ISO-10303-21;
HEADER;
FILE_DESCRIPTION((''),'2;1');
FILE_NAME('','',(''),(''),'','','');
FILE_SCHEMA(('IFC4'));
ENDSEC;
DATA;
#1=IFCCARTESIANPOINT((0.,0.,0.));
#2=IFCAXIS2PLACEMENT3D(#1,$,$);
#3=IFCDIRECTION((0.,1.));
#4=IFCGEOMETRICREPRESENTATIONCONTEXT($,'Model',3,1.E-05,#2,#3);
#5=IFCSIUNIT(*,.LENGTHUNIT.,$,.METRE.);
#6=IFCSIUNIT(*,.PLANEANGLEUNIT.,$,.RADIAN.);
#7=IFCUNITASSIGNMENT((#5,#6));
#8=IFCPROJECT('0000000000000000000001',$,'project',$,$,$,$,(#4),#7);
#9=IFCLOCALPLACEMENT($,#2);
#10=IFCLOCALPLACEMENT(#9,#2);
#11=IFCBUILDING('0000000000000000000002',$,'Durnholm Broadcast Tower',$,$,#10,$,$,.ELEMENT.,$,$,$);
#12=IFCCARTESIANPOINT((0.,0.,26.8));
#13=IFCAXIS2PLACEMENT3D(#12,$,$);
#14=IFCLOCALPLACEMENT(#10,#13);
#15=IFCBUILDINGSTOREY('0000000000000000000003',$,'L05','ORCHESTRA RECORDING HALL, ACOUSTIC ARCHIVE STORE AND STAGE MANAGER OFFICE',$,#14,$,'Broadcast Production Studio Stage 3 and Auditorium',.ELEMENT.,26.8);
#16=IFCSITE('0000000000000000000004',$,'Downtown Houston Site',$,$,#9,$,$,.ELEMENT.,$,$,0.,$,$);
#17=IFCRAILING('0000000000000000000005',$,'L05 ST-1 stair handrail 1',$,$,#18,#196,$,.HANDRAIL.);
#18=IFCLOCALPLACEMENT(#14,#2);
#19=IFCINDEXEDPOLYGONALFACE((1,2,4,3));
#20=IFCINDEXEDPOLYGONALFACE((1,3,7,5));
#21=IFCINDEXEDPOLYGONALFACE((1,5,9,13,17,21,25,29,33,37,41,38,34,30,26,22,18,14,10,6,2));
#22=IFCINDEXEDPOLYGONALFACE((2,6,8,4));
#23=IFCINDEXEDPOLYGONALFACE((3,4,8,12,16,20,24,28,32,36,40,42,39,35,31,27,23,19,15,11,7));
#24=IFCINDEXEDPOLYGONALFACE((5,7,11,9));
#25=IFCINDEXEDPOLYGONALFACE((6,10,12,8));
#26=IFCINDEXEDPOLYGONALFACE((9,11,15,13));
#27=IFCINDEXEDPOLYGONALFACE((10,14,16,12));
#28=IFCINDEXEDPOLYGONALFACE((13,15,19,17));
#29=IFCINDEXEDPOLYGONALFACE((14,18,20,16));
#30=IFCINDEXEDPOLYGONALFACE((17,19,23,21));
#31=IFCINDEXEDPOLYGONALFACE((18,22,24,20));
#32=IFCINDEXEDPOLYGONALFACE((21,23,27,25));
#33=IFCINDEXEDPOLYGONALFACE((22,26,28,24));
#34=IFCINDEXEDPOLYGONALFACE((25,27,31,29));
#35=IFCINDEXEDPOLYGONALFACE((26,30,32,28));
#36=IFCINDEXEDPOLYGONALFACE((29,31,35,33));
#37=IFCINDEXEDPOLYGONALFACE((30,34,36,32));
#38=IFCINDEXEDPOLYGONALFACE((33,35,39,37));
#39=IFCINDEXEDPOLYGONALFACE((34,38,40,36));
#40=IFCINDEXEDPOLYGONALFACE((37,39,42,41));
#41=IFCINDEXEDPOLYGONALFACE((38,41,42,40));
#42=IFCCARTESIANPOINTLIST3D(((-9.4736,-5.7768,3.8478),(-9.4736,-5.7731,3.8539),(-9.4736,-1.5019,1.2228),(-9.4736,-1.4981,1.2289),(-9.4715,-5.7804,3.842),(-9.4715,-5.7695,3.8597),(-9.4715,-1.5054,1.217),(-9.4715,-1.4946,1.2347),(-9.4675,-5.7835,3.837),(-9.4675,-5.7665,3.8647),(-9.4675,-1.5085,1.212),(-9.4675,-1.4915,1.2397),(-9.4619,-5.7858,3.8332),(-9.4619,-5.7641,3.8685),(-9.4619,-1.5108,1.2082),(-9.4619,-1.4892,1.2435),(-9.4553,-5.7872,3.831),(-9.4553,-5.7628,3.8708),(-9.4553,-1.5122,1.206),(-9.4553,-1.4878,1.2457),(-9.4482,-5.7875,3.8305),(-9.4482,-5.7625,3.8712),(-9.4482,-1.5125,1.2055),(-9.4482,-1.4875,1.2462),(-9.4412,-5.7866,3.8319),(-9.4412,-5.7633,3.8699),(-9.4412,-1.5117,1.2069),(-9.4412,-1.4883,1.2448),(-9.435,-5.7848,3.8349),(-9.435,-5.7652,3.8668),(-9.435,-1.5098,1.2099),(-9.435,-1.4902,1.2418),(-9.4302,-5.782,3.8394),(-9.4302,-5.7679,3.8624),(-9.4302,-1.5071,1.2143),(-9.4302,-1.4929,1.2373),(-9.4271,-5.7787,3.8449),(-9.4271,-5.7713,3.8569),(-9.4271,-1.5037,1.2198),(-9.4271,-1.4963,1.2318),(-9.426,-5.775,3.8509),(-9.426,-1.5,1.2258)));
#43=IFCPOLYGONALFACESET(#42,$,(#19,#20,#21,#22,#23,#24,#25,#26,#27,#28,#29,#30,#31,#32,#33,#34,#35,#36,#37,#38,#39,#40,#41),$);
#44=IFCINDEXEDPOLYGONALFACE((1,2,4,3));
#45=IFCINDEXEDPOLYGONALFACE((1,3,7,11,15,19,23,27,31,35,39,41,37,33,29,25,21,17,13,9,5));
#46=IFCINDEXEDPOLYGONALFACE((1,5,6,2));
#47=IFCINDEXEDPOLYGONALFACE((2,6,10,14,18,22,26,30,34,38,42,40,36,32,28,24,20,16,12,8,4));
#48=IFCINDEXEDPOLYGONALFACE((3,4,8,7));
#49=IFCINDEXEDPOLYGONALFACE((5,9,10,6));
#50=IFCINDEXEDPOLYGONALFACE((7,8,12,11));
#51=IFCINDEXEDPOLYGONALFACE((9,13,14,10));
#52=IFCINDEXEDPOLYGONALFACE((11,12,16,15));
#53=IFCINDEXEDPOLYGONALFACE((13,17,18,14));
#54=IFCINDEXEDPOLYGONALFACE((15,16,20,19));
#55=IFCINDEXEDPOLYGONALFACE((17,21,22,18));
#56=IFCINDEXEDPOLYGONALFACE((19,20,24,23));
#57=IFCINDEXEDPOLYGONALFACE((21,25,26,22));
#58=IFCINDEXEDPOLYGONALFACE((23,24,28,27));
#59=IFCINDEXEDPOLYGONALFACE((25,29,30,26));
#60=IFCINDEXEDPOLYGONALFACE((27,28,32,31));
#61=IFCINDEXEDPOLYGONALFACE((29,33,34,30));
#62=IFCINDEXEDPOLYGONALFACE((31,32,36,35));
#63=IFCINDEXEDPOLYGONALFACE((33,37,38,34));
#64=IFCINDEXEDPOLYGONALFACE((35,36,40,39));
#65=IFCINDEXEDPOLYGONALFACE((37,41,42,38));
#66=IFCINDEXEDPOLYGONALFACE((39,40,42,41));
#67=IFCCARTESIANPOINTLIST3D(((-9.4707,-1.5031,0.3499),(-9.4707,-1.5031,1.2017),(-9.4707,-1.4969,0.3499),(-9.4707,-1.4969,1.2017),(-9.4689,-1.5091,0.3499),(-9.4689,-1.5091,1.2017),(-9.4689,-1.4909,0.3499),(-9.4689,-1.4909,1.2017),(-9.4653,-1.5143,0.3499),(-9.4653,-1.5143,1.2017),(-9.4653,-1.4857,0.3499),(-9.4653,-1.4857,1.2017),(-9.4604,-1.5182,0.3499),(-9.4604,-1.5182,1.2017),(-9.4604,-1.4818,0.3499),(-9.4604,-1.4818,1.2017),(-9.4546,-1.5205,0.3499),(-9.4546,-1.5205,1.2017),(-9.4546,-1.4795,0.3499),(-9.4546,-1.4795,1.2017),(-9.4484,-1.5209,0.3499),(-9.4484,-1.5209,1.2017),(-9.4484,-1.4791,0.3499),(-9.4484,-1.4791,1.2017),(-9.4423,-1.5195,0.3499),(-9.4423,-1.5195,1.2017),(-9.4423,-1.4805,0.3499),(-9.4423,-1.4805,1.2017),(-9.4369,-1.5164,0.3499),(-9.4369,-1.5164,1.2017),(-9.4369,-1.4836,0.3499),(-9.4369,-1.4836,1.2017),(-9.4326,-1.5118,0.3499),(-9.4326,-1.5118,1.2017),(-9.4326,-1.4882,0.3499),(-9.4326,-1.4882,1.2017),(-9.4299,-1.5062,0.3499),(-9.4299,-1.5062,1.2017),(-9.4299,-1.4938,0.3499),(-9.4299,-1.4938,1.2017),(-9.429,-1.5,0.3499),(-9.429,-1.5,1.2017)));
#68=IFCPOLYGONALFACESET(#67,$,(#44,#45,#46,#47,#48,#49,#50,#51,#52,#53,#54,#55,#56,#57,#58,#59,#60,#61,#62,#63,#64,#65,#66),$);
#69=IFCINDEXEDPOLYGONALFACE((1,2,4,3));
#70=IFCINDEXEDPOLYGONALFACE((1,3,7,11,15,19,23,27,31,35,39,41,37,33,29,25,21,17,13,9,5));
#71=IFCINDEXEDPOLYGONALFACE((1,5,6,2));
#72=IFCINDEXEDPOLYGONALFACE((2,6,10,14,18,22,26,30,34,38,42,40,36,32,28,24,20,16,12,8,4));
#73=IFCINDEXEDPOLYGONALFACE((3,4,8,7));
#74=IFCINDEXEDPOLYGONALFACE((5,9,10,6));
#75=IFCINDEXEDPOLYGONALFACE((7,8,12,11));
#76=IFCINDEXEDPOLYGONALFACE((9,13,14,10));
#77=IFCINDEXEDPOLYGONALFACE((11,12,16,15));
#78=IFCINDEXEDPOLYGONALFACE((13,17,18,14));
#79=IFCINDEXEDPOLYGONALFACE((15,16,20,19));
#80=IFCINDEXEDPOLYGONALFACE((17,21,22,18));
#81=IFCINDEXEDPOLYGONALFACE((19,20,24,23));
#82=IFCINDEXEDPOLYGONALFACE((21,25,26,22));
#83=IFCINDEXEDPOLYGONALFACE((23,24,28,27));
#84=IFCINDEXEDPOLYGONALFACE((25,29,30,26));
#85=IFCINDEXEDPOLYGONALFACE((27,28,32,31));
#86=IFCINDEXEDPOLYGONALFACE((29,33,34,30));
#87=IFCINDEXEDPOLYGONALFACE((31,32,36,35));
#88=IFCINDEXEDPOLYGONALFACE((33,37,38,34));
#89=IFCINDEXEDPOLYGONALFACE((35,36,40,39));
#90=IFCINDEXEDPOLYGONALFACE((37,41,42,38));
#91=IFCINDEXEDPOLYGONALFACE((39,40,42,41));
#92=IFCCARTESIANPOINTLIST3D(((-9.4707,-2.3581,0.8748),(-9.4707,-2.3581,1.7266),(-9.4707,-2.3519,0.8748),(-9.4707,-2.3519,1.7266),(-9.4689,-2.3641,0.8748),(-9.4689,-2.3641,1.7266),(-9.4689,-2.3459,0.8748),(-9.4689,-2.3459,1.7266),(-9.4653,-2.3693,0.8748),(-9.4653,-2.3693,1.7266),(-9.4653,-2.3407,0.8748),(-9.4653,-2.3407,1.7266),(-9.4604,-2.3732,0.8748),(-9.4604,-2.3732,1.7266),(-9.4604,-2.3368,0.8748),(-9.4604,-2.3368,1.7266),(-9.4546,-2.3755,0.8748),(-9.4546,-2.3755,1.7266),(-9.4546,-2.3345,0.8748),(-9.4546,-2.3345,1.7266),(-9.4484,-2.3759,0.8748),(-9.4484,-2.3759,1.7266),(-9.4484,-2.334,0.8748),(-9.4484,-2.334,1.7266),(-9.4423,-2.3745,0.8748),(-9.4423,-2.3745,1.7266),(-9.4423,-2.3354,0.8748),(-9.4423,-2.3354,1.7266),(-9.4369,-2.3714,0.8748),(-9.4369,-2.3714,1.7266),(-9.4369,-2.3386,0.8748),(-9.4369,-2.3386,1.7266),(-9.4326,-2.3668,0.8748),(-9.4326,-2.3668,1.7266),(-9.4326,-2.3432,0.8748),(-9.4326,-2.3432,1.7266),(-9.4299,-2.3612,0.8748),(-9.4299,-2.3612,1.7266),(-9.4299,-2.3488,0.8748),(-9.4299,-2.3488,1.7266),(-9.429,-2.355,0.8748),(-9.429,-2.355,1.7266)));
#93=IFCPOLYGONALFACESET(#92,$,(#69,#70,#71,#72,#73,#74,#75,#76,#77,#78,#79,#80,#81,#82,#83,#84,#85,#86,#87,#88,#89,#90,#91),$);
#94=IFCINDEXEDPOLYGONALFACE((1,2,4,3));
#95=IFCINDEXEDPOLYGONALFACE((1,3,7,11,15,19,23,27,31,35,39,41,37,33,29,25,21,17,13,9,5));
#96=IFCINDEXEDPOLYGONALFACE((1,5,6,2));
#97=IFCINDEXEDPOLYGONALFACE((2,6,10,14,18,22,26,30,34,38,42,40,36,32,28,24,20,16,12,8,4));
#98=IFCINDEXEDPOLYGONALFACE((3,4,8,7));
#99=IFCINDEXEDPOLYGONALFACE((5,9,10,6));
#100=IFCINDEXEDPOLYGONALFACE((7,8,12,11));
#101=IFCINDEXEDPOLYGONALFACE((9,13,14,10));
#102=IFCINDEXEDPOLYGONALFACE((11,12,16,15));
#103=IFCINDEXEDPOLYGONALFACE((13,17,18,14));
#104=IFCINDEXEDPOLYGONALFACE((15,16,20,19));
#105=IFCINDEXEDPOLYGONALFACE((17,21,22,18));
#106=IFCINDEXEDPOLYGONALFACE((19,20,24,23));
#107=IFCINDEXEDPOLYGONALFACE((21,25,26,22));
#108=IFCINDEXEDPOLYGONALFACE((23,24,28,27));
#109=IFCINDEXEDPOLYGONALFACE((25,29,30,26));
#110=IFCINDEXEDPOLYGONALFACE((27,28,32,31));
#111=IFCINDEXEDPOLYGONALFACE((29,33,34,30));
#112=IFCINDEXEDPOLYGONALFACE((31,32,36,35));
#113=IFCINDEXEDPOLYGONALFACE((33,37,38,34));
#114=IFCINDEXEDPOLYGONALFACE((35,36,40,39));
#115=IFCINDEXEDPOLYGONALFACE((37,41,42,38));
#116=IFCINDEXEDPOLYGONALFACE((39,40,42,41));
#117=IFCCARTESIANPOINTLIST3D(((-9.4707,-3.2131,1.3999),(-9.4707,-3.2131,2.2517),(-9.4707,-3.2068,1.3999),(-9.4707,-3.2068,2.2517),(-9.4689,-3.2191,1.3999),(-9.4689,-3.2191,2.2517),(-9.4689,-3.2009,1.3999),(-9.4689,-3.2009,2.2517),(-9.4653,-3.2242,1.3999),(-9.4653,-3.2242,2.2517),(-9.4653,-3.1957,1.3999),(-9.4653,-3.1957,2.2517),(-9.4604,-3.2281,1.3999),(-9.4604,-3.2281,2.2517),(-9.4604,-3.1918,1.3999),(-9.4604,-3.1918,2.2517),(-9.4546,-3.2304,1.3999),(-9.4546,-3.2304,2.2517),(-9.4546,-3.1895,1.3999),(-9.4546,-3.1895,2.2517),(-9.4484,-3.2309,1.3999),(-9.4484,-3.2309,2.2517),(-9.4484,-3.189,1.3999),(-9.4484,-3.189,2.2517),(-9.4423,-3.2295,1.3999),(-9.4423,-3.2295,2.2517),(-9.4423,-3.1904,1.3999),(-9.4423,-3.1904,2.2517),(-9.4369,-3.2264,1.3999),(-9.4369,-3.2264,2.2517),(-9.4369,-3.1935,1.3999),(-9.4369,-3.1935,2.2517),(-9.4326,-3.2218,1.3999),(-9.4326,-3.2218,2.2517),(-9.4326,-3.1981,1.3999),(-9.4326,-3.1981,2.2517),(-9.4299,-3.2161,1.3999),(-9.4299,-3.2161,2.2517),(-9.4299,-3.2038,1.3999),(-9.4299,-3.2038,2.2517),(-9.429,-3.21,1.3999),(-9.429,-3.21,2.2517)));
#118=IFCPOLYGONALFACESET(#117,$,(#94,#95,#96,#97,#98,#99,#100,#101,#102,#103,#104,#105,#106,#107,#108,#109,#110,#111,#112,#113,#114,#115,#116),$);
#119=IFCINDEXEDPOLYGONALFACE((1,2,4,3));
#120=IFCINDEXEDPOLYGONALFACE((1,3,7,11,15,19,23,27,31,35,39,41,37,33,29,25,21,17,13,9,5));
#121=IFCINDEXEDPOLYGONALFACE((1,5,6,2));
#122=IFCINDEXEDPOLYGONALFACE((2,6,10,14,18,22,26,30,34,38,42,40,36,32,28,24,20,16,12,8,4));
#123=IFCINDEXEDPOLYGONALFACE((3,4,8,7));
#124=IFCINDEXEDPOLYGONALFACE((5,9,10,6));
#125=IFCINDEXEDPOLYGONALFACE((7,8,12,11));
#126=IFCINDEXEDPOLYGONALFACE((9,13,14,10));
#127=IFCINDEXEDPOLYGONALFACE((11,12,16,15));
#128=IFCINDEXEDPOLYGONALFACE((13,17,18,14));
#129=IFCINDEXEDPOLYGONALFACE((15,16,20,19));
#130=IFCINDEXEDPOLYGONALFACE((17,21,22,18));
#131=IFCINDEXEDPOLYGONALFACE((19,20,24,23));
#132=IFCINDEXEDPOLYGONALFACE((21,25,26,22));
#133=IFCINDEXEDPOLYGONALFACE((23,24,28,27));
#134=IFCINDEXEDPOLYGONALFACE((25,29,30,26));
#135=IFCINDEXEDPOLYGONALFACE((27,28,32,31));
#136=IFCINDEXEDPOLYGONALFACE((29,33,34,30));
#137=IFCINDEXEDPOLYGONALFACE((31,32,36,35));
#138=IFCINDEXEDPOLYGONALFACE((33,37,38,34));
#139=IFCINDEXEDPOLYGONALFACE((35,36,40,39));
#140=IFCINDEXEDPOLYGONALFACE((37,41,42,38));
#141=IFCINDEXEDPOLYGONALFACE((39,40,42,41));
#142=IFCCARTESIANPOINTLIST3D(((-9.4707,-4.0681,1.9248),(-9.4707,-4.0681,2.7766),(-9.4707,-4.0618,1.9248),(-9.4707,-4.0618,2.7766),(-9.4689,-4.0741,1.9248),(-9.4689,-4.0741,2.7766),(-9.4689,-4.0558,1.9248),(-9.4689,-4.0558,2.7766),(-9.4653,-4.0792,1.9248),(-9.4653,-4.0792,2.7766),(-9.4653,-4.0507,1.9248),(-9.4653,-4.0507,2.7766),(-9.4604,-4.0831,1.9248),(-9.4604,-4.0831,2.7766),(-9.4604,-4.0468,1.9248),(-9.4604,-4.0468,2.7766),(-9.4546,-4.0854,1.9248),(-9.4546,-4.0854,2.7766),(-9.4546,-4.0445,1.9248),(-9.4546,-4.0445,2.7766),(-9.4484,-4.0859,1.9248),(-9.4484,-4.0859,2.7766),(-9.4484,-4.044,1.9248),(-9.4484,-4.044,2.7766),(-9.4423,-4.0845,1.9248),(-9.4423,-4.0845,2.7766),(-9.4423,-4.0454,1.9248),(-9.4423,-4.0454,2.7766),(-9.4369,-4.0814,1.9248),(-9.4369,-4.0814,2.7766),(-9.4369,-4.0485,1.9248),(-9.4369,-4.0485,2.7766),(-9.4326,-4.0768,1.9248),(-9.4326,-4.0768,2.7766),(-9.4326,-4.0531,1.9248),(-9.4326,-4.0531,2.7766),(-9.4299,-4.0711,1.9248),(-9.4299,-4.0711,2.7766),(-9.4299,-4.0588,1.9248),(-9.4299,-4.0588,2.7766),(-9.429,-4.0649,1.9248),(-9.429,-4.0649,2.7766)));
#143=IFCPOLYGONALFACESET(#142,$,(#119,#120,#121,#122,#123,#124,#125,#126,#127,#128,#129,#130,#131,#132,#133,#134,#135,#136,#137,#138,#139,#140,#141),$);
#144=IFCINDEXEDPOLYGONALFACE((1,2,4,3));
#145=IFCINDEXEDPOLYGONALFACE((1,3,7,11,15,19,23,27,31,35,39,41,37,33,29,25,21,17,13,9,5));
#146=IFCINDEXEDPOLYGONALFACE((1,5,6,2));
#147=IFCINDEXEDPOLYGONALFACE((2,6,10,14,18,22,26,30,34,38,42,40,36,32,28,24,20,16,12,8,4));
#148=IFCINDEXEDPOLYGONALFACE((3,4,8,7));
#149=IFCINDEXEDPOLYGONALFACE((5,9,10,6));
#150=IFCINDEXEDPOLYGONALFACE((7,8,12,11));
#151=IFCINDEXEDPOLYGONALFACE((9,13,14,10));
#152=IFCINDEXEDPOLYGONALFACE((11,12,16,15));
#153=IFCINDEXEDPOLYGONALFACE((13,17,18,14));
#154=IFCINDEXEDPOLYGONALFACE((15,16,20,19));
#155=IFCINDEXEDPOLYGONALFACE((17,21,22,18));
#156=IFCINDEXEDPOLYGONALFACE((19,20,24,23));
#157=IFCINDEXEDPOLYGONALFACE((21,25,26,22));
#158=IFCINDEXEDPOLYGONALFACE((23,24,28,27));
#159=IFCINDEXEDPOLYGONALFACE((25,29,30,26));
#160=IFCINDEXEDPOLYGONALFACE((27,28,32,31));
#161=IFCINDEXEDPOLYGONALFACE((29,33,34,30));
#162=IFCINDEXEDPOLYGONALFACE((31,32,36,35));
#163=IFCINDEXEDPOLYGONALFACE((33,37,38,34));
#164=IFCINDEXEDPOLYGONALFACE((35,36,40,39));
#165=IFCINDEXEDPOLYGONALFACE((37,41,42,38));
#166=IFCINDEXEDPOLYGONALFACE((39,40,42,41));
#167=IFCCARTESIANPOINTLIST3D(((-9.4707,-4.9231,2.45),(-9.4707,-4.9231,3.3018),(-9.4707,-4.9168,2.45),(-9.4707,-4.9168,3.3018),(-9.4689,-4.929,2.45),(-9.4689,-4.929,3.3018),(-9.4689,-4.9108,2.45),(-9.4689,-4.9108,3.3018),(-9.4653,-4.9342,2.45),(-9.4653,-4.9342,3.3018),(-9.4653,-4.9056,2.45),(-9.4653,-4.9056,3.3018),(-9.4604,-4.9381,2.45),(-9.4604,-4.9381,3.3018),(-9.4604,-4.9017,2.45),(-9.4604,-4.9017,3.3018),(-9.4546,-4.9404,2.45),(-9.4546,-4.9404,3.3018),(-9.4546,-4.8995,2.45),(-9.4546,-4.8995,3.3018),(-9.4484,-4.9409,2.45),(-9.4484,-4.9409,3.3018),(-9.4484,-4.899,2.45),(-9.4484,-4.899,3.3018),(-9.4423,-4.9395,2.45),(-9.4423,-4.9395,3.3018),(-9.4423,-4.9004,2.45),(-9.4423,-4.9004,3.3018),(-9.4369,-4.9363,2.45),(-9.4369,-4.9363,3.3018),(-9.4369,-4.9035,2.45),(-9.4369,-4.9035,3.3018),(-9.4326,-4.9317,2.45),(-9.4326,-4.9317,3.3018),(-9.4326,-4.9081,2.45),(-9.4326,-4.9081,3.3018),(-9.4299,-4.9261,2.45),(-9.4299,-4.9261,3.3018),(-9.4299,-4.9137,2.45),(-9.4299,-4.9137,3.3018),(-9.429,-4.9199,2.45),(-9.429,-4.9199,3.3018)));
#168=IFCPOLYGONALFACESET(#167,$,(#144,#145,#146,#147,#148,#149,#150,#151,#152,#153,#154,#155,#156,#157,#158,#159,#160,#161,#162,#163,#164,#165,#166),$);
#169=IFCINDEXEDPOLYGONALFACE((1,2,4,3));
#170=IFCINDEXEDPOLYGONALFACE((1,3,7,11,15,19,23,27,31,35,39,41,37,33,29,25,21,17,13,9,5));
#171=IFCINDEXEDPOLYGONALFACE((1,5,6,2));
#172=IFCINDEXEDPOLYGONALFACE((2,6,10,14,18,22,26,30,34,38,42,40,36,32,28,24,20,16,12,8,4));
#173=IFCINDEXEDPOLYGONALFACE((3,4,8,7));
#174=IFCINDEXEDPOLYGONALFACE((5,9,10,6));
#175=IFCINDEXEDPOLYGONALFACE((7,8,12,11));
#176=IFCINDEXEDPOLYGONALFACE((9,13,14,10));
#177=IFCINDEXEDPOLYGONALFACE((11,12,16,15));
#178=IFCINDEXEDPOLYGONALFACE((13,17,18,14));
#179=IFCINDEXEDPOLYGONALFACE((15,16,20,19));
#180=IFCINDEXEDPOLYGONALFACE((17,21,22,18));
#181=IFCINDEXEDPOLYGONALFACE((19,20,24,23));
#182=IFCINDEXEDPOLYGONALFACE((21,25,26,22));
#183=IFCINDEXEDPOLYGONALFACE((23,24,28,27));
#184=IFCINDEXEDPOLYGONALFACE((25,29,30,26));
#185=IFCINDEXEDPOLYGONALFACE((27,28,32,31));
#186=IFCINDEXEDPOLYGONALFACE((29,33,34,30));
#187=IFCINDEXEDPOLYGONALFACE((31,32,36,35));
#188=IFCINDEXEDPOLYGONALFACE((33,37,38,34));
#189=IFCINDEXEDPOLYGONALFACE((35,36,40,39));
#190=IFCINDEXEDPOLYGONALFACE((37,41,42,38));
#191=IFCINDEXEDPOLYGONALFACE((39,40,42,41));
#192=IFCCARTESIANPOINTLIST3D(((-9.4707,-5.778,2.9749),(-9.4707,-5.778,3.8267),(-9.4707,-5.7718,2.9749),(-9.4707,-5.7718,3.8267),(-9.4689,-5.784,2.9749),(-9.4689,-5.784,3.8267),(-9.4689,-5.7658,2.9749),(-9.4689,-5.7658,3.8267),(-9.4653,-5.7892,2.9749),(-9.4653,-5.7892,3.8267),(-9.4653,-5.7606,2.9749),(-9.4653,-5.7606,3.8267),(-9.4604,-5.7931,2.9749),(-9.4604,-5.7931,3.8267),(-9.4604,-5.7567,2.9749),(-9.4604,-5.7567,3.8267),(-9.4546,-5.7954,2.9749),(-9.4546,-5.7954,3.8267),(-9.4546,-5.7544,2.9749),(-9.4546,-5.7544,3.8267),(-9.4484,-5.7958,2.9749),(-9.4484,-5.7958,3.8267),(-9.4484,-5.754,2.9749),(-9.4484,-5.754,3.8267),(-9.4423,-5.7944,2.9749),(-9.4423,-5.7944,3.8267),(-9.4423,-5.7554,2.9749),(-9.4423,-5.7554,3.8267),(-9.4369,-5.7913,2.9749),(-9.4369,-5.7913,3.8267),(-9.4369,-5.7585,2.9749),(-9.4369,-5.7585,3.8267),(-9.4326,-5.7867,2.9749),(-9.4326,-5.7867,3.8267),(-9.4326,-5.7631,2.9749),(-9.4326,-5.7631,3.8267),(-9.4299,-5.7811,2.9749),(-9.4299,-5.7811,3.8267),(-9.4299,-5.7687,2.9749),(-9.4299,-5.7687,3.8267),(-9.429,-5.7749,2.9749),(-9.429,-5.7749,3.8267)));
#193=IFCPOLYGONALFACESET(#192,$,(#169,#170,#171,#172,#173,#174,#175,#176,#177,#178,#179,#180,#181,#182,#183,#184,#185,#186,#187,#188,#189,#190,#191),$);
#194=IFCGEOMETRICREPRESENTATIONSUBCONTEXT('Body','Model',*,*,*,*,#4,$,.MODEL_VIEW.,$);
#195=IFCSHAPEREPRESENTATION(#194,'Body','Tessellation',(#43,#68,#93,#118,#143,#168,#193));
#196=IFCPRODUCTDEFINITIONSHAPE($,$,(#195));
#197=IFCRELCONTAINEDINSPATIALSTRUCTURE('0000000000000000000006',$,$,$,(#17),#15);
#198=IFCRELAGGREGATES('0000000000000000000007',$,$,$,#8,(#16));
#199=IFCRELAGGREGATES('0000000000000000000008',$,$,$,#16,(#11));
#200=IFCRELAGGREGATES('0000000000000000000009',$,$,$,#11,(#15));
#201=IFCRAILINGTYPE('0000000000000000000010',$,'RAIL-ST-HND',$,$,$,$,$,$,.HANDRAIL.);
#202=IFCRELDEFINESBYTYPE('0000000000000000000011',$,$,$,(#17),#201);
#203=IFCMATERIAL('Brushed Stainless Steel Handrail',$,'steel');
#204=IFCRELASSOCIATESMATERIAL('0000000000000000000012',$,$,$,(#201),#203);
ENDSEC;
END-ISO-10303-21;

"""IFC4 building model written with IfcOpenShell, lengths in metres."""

from ifc_helpers import new_model, si_unit, direction, frame, origin, origin_2d, place, context, subcontext, project, spatial, circle, extrude, material, type_object, element, save


model = new_model("IFC4")

# Units and contexts
model_context = context("Model", 3, precision=1e-05, world=origin(), true_north=direction((0.0, 1.0)))
body_context = subcontext(model_context, "Body", "Model", "MODEL_VIEW")
ifc_project = project(units=[si_unit("LENGTHUNIT", "METRE"), si_unit("PLANEANGLEUNIT", "RADIAN")], contexts=[model_context])

# Site, building, storey
site_placement = place(None, origin())
site = spatial("IfcSite", under=ifc_project, at=site_placement, Name="Downtown Houston Site", CompositionType="ELEMENT", RefElevation=0.0)
building_placement = place(site_placement, origin())
building = spatial("IfcBuilding", under=site, at=building_placement, Name="Durnholm Broadcast Tower", CompositionType="ELEMENT")
storey_placement = place(building_placement, frame((0.0, 0.0, 26.8)))
storey = spatial("IfcBuildingStorey", under=building, at=storey_placement, Name="L05", Description="ORCHESTRA RECORDING HALL, ACOUSTIC ARCHIVE STORE AND STAGE MANAGER OFFICE", LongName="Broadcast Production Studio Stage 3 and Auditorium", CompositionType="ELEMENT", Elevation=26.8)

# Railing
ifc_material_1 = material(Name="Brushed Stainless Steel Handrail", Category="steel")
railing_type_1 = type_object("IfcRailingType", Name="RAIL-ST-HND", PredefinedType="HANDRAIL", material=ifc_material_1)
railing_1_placement = place(storey_placement, frame((-9.45, -1.5, 0.3499)))
element("IfcRailing", 1, at=railing_1_placement, inside=storey, type_object=railing_type_1, Name="L05 ST-1 stair handrail 1", PredefinedType="HANDRAIL", context=body_context, shape_type="SweptSolid", body=[
    extrude(circle(Radius=0.0239, at=origin_2d()), frame((0.0, 0.0, 0.876), z_axis=(0.0, -0.852166, 0.523272), x_axis=(1.0, 0.0, 0.0)), (0.0, 0.0, 1.0), 5.0166),
    extrude(circle(Radius=0.021, at=origin_2d()), origin(), (0.0, 0.0, 1.0), 0.8518),
    extrude(circle(Radius=0.021, at=origin_2d()), frame((0.0, -0.855, 0.5249)), (0.0, 0.0, 1.0), 0.8518),
    extrude(circle(Radius=0.021, at=origin_2d()), frame((0.0, -1.71, 1.05)), (0.0, 0.0, 1.0), 0.8518),
    extrude(circle(Radius=0.021, at=origin_2d()), frame((0.0, -2.5649, 1.575)), (0.0, 0.0, 1.0), 0.8518),
    extrude(circle(Radius=0.021, at=origin_2d()), frame((0.0, -3.4199, 2.1001)), (0.0, 0.0, 1.0), 0.8518),
    extrude(circle(Radius=0.021, at=origin_2d()), frame((0.0, -4.2749, 2.625)), (0.0, 0.0, 1.0), 0.8518),
])

save(model, "model.ifc")
